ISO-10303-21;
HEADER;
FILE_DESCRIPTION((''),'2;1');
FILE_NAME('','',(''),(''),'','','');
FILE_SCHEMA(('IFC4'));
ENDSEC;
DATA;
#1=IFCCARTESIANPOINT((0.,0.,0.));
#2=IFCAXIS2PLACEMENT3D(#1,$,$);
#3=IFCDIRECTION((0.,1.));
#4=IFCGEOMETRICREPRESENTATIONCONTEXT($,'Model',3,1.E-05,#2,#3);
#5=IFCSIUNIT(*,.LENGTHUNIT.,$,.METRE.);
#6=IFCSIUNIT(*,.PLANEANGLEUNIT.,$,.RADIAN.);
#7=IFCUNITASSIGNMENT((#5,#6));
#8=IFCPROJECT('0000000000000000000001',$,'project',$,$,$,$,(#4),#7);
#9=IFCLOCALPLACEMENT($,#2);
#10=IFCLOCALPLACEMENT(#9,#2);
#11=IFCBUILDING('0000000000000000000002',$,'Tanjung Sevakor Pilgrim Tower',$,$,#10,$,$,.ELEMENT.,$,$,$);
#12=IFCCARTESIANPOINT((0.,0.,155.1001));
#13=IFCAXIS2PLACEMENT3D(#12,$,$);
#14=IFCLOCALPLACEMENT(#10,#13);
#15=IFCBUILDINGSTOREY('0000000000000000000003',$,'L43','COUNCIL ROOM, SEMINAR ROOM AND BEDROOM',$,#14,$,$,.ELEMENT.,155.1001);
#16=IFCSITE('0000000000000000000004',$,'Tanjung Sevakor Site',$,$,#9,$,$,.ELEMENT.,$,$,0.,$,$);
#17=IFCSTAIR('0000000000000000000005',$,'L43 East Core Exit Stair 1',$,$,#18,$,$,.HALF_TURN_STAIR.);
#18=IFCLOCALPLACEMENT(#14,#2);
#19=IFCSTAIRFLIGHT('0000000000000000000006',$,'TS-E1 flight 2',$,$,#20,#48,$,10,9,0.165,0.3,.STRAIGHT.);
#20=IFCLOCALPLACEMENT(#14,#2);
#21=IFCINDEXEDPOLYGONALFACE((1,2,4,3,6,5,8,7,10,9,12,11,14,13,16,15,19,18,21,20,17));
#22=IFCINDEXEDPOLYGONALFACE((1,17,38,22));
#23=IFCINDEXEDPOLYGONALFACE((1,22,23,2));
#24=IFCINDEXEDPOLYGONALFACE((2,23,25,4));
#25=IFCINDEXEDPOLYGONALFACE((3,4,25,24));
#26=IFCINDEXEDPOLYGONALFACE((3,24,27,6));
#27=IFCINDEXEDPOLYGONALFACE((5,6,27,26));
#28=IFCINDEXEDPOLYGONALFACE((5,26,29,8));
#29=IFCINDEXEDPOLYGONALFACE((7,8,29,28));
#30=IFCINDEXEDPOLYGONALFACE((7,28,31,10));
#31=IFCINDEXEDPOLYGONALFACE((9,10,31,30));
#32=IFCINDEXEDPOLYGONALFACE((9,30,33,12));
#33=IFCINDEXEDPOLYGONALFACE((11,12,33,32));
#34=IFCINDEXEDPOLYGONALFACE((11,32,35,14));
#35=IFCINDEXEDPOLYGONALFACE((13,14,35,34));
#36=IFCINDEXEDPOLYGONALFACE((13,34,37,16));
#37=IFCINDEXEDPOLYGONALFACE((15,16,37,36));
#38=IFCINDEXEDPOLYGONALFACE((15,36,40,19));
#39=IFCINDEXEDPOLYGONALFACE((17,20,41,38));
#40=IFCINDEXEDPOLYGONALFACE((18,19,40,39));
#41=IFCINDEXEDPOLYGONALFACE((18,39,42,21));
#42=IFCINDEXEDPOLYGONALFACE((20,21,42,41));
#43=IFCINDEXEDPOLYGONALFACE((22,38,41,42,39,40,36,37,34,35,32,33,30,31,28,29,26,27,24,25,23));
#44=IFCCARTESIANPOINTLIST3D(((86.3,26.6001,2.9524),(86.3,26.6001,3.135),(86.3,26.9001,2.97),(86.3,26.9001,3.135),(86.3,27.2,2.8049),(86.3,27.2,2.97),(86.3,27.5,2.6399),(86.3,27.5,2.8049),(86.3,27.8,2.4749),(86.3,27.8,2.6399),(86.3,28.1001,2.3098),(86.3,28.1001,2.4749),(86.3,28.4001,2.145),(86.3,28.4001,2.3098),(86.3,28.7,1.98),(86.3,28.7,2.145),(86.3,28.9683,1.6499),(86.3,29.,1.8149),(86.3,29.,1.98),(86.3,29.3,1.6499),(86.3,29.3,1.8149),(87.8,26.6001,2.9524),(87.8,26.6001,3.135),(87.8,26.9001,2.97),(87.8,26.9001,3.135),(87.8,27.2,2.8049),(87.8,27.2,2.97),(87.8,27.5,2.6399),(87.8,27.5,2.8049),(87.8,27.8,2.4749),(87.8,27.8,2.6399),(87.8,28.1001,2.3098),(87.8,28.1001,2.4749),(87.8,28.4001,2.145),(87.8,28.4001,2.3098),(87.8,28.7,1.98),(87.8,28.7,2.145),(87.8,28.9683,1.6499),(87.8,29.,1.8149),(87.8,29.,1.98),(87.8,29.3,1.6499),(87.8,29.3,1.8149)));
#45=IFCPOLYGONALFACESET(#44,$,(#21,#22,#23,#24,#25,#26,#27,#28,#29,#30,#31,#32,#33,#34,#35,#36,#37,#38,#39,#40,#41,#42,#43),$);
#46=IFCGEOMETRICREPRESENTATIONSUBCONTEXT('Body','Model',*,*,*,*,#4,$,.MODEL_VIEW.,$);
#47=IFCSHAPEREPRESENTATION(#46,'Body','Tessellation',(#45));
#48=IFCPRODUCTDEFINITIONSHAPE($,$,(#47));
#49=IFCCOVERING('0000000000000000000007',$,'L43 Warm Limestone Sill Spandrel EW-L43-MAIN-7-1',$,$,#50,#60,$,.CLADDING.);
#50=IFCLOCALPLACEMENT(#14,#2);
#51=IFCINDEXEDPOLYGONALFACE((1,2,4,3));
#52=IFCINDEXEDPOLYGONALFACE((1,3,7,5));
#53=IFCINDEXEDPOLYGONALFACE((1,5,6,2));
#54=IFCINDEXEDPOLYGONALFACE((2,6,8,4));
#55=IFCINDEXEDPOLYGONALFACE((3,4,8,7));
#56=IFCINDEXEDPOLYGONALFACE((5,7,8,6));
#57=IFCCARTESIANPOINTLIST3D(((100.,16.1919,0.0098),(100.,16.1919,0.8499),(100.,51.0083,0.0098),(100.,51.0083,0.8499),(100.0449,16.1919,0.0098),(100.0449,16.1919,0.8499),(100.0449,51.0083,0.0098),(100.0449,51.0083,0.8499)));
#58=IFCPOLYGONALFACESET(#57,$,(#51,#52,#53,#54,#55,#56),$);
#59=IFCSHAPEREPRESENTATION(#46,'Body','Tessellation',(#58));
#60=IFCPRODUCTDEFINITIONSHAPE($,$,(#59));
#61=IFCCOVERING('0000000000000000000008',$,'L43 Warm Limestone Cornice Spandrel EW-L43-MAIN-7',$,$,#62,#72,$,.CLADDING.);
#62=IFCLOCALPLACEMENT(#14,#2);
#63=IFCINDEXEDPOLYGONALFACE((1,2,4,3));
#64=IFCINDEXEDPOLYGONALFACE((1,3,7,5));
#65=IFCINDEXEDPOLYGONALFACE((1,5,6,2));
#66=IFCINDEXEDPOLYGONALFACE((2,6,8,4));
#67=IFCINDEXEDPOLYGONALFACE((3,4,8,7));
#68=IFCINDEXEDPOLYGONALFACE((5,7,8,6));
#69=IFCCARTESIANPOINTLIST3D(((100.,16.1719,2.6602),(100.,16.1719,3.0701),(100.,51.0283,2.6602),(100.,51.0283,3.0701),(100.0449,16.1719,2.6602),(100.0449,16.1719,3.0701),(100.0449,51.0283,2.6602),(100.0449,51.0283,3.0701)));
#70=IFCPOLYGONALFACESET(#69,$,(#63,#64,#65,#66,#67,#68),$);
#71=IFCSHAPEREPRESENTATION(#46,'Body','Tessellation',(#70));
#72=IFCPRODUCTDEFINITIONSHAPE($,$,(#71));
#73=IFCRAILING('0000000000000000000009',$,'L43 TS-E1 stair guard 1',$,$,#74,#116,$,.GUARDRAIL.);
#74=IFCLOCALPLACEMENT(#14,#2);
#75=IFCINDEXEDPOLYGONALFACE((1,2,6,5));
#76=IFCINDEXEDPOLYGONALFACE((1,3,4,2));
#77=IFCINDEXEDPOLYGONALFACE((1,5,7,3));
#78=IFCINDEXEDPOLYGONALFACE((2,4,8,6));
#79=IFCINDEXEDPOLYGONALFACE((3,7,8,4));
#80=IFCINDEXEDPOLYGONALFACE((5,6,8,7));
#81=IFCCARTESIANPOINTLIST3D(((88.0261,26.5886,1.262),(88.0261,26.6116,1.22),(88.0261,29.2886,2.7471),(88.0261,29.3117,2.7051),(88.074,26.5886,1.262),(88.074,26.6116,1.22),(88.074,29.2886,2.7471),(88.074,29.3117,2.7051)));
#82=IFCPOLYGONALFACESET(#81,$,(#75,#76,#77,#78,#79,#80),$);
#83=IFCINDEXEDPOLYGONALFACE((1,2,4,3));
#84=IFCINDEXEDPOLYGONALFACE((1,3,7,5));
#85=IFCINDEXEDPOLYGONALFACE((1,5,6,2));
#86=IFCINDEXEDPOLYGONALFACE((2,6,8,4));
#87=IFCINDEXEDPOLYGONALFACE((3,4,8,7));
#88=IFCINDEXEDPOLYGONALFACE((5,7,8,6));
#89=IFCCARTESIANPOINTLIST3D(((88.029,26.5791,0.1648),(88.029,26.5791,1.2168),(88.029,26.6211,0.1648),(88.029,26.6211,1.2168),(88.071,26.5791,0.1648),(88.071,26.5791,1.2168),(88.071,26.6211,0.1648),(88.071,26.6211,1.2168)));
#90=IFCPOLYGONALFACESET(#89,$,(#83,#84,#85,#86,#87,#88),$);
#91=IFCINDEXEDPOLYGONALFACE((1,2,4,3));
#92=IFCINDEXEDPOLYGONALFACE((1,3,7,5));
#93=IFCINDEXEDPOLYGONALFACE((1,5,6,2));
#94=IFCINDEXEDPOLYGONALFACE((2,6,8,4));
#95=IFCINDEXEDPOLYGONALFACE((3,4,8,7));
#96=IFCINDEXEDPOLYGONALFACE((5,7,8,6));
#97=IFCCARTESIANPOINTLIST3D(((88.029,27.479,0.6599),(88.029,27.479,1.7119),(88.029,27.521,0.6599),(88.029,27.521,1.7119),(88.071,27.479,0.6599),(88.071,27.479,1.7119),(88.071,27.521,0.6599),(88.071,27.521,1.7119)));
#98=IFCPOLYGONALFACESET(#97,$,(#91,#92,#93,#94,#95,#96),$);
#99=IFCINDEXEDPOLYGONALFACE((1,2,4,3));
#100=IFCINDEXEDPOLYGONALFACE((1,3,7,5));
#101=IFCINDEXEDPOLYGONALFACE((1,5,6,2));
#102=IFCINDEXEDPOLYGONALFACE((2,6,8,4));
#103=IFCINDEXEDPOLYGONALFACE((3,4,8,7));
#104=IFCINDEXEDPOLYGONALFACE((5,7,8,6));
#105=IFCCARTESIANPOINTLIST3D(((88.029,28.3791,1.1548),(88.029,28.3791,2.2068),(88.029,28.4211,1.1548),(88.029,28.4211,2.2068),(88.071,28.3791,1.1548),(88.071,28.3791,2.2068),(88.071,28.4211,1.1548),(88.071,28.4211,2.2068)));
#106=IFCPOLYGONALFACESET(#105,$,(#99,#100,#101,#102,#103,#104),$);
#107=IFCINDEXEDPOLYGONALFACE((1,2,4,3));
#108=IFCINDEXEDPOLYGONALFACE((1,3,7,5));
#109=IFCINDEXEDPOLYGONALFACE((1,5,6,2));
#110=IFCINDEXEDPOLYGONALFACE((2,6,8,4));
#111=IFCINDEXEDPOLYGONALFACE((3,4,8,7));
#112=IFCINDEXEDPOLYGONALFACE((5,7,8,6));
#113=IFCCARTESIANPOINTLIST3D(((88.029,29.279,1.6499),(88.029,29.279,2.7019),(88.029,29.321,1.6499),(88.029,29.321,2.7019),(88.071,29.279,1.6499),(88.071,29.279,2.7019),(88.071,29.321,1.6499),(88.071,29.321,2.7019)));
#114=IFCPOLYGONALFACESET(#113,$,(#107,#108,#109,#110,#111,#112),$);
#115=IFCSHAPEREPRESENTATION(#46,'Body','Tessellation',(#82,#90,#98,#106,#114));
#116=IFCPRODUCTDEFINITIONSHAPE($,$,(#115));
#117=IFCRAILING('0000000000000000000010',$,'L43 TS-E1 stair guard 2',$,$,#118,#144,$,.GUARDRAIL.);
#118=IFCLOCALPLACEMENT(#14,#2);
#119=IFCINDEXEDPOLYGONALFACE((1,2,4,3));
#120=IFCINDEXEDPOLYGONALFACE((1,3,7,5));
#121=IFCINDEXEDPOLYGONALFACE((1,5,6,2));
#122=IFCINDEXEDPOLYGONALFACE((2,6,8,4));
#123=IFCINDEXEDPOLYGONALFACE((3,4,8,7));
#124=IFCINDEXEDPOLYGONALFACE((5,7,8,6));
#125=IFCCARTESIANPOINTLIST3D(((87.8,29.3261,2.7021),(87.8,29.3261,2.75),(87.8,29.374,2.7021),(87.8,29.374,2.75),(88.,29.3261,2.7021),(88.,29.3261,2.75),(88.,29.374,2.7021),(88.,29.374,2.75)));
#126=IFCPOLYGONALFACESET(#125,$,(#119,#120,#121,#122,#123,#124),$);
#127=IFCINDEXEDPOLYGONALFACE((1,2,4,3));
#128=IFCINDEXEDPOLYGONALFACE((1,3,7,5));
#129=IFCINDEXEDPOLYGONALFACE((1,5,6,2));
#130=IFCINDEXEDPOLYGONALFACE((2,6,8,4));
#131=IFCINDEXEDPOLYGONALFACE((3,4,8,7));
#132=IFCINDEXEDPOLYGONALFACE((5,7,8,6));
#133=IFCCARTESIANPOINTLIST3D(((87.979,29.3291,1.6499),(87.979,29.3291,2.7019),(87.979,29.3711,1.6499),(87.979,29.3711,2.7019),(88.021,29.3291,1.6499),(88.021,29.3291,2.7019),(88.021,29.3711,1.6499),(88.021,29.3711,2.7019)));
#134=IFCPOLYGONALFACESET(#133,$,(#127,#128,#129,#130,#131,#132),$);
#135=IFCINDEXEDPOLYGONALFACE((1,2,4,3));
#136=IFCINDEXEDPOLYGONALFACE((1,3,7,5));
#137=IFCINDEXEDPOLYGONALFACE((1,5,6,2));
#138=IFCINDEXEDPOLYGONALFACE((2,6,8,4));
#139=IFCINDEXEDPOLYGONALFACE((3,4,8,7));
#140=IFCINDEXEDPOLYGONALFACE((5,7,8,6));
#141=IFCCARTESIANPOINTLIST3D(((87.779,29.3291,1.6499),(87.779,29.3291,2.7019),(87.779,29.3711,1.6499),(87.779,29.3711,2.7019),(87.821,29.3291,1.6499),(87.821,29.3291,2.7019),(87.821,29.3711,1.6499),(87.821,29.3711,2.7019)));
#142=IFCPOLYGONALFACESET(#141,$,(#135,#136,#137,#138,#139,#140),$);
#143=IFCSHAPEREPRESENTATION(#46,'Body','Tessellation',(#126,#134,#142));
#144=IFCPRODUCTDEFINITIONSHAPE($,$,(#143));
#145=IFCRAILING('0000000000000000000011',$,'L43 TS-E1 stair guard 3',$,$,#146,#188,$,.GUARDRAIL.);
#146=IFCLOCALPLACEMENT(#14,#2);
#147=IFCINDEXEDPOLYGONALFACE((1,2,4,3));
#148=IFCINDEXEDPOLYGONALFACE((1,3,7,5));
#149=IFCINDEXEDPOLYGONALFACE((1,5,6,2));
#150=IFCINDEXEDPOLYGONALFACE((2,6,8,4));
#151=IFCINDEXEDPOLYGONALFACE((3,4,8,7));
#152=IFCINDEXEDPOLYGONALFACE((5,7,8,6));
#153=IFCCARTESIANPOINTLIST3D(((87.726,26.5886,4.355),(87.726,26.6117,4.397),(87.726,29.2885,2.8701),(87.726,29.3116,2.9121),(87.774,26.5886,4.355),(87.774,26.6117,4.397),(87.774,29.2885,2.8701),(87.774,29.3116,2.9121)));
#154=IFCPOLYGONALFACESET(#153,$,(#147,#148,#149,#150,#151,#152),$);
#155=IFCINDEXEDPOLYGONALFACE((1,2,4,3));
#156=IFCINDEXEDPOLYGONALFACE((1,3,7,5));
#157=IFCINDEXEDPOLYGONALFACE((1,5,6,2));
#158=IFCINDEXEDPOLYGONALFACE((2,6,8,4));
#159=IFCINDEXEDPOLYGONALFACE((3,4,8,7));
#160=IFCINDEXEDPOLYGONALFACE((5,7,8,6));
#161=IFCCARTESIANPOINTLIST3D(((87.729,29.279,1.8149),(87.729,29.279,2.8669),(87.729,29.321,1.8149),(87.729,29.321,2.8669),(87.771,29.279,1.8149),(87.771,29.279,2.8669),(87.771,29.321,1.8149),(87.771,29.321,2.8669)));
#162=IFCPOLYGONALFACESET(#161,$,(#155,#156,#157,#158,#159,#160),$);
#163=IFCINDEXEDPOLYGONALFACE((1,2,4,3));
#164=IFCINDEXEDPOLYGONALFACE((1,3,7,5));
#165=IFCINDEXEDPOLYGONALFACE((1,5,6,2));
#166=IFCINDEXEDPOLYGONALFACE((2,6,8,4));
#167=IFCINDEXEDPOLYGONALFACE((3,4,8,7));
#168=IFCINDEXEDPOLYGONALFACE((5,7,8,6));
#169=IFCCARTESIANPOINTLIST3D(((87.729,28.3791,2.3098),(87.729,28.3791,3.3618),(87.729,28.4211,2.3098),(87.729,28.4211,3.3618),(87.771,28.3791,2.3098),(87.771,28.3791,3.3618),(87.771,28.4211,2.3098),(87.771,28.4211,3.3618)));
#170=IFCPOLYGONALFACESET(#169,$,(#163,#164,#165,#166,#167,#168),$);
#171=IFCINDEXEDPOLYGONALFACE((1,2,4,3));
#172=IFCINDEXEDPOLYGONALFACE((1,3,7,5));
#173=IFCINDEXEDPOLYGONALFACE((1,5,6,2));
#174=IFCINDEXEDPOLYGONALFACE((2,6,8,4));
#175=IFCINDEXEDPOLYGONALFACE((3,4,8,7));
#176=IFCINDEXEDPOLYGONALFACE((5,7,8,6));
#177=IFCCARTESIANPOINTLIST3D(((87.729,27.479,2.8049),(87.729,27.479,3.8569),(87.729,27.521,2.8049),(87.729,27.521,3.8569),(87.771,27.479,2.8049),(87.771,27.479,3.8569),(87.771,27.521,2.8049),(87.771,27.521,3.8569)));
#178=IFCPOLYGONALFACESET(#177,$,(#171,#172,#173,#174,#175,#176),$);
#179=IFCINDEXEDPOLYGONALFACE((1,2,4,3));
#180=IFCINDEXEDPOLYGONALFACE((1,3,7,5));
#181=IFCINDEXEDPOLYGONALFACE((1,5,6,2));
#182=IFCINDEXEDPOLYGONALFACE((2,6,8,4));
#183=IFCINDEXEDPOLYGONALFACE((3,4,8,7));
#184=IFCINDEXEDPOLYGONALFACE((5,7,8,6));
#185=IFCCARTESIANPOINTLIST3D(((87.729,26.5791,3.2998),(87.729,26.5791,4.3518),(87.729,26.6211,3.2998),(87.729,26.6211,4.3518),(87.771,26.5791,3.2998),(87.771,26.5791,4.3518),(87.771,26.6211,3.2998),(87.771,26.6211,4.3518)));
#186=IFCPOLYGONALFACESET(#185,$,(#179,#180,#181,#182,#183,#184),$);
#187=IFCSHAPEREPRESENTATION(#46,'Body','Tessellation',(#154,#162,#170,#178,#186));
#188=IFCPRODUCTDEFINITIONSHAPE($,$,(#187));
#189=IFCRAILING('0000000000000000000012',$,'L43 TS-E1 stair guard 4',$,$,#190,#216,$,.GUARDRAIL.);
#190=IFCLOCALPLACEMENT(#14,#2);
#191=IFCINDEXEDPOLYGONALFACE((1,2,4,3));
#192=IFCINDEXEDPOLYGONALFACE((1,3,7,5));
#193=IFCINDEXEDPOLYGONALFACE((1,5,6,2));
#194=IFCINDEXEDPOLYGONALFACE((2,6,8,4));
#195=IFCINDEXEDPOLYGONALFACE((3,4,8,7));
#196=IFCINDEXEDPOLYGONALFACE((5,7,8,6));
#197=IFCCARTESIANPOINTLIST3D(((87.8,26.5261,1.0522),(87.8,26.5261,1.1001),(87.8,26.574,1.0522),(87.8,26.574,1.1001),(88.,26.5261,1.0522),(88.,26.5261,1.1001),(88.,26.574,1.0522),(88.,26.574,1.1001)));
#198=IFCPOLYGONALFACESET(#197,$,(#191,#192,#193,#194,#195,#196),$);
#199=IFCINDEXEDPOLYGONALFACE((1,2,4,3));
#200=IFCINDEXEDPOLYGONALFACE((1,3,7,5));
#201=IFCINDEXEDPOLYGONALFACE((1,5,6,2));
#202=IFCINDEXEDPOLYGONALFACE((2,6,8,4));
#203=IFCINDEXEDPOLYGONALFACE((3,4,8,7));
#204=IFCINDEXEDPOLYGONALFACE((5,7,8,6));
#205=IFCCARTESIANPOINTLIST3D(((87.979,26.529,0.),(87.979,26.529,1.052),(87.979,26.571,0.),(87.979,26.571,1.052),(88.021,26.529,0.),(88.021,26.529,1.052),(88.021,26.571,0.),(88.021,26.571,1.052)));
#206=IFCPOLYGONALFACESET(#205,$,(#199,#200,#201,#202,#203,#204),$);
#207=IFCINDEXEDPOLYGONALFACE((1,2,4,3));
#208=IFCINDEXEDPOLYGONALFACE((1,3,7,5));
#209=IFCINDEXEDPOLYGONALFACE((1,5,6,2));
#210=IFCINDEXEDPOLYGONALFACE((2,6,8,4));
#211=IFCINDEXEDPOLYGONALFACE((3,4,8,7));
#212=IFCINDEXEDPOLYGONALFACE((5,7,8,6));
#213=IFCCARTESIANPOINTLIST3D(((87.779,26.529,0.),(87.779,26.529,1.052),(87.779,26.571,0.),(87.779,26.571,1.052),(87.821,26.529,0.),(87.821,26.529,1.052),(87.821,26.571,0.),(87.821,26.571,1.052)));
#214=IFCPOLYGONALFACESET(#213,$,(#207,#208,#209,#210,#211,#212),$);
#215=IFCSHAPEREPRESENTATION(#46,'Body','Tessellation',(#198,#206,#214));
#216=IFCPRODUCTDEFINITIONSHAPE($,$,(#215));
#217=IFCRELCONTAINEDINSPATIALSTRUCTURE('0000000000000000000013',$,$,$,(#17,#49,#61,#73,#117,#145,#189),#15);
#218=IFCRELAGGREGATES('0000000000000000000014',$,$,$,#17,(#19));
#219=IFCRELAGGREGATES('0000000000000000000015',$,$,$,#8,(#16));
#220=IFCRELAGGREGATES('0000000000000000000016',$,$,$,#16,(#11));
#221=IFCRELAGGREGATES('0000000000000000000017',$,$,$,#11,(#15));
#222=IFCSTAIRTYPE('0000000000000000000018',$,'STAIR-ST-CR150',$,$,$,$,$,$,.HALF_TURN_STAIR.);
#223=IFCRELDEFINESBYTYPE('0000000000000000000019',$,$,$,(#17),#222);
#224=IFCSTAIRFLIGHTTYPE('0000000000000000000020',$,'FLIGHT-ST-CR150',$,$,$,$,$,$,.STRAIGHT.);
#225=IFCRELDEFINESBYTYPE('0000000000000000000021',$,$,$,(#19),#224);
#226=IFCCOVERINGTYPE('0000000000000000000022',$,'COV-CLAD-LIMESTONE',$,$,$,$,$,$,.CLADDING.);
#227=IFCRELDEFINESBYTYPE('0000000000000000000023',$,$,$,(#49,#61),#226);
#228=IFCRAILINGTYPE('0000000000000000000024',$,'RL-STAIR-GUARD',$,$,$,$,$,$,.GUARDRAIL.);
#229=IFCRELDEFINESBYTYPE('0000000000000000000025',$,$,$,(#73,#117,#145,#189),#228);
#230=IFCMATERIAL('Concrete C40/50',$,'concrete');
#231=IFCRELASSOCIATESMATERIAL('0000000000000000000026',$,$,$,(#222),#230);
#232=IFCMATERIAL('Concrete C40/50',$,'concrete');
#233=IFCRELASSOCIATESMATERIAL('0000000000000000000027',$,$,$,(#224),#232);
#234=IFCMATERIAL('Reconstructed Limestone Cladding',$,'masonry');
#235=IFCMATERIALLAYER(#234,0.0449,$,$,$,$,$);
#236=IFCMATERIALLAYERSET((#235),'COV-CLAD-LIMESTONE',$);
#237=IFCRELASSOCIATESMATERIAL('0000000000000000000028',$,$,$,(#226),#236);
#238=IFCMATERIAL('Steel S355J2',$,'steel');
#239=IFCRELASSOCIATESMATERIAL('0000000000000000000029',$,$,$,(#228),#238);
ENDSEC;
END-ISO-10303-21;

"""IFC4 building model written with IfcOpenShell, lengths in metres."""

from ifc_helpers import new_model, si_unit, direction, frame, origin, origin_2d, place, context, subcontext, project, spatial, polyline, rectangle, outline, extrude, material, layer, layer_set, type_object, element, aggregate, save


model = new_model("IFC4")

# Units and contexts
model_context = context("Model", 3, precision=1e-05, world=origin(), true_north=direction((0.0, 1.0)))
body_context = subcontext(model_context, "Body", "Model", "MODEL_VIEW")
ifc_project = project(units=[si_unit("LENGTHUNIT", "METRE"), si_unit("PLANEANGLEUNIT", "RADIAN")], contexts=[model_context])

# Site, building, storey
site_placement = place(None, origin())
site = spatial("IfcSite", under=ifc_project, at=site_placement, Name="Tanjung Sevakor Site", CompositionType="ELEMENT", RefElevation=0.0)
building_placement = place(site_placement, origin())
building = spatial("IfcBuilding", under=site, at=building_placement, Name="Tanjung Sevakor Pilgrim Tower", CompositionType="ELEMENT")
storey_placement = place(building_placement, frame((0.0, 0.0, 155.1001)))
storey = spatial("IfcBuildingStorey", under=building, at=storey_placement, Name="L43", Description="COUNCIL ROOM, SEMINAR ROOM AND BEDROOM", CompositionType="ELEMENT", Elevation=155.1001)

# Stair, stair flight
ifc_material_1 = material(Name="Concrete C40/50", Category="concrete")
stair_type = type_object("IfcStairType", Name="STAIR-ST-CR150", PredefinedType="HALF_TURN_STAIR", material=ifc_material_1)
stair_placement = place(storey_placement, origin())
stair = element("IfcStair", 1, at=stair_placement, inside=storey, type_object=stair_type, Name="L43 East Core Exit Stair 1", PredefinedType="HALF_TURN_STAIR")
ifc_material_2 = material(Name="Concrete C40/50", Category="concrete")
stair_flight_type = type_object("IfcStairFlightType", Name="FLIGHT-ST-CR150", PredefinedType="STRAIGHT", material=ifc_material_2)
stair_flight_1_placement = place(storey_placement, frame((87.05, 29.3, 1.6499), z_axis=(0.0, 0.0, 1.0), x_axis=(0.0, -1.0, 0.0)))
stair_flight_1 = element("IfcStairFlight", 2, at=stair_flight_1_placement, type_object=stair_flight_type, Name="TS-E1 flight 2", NumberOfRisers=10, NumberOfTreads=9, PredefinedType="STRAIGHT", RiserHeight=0.165, TreadLength=0.3, context=body_context, shape_type="SweptSolid", body=[
    extrude(outline(polyline([(0.0, 0.0), (0.0, 0.165), (0.3, 0.165), (0.3, 0.3301), (0.6001, 0.3301), (0.6001, 0.4951), (0.8999, 0.4951), (0.8999, 0.6599), (1.2, 0.6599), (1.2, 0.825), (1.5, 0.825), (1.5, 0.99), (1.8, 0.99), (1.8, 1.155), (2.1001, 1.155), (2.1001, 1.3201), (2.3999, 1.3201), (2.3999, 1.4851), (2.7, 1.4851), (2.7, 1.6499), (2.7, 1.3025), (0.3318, 0.0), (0.0, 0.0)])), frame((0.0, 0.75, 0.0), z_axis=(0.0, -1.0, 0.0), x_axis=(1.0, 0.0, 0.0)), (0.0, 0.0, 1.0), 1.5),
])
aggregate(stair, [stair_flight_1])

# Coverings
ifc_material_3 = material(Name="Reconstructed Limestone Cladding", Category="masonry")
ifc_layer_1 = layer(ifc_material_3, 0.0449)
ifc_layer_set_1 = layer_set([ifc_layer_1], Name="COV-CLAD-LIMESTONE")
covering_type = type_object("IfcCoveringType", Name="COV-CLAD-LIMESTONE", PredefinedType="CLADDING", material=ifc_layer_set_1)
covering_1_placement = place(storey_placement, frame((100.0225, 33.6001, 0.0098), z_axis=(0.0, 0.0, 1.0), x_axis=(0.0, 1.0, 0.0)))
element("IfcCovering", 3, at=covering_1_placement, inside=storey, type_object=covering_type, Name="L43 Warm Limestone Sill Spandrel EW-L43-MAIN-7-1", PredefinedType="CLADDING", context=body_context, shape_type="SweptSolid", body=[
    extrude(rectangle(XDim=34.8164, YDim=0.0449, at=origin_2d()), origin(), (0.0, 0.0, 1.0), 0.8401),
])
covering_2_placement = place(storey_placement, frame((100.0225, 33.6001, 2.6602), z_axis=(0.0, 0.0, 1.0), x_axis=(0.0, 1.0, 0.0)))
element("IfcCovering", 4, at=covering_2_placement, inside=storey, type_object=covering_type, Name="L43 Warm Limestone Cornice Spandrel EW-L43-MAIN-7", PredefinedType="CLADDING", context=body_context, shape_type="SweptSolid", body=[
    extrude(rectangle(XDim=34.8564, YDim=0.0449, at=origin_2d()), origin(), (0.0, 0.0, 1.0), 0.4099),
])

# Railings
ifc_material_4 = material(Name="Steel S355J2", Category="steel")
railing_type_1 = type_object("IfcRailingType", Name="RL-STAIR-GUARD", PredefinedType="GUARDRAIL", material=ifc_material_4)
railing_1_placement = place(storey_placement, frame((88.05, 26.6001, 0.1648)))
element("IfcRailing", 5, at=railing_1_placement, inside=storey, type_object=railing_type_1, Name="L43 TS-E1 stair guard 1", PredefinedType="GUARDRAIL", context=body_context, shape_type="SweptSolid", body=[
    extrude(rectangle(XDim=0.0479, YDim=0.0479), frame((0.0, 0.0, 1.0762), z_axis=(0.0, 0.876198, 0.481952), x_axis=(-1.0, 0.0, 0.0)), (0.0, 0.0, 1.0), 3.0815),
    extrude(rectangle(XDim=0.042, YDim=0.042), origin(), (0.0, 0.0, 1.0), 1.052),
    extrude(rectangle(XDim=0.042, YDim=0.042), frame((0.0, 0.8999, 0.4951)), (0.0, 0.0, 1.0), 1.052),
    extrude(rectangle(XDim=0.042, YDim=0.042), frame((0.0, 1.8, 0.99)), (0.0, 0.0, 1.0), 1.052),
    extrude(rectangle(XDim=0.042, YDim=0.042), frame((0.0, 2.7, 1.4851)), (0.0, 0.0, 1.0), 1.052),
])
railing_2_placement = place(storey_placement, frame((88.0, 29.3501, 1.6499)))
element("IfcRailing", 6, at=railing_2_placement, inside=storey, type_object=railing_type_1, Name="L43 TS-E1 stair guard 2", PredefinedType="GUARDRAIL", context=body_context, shape_type="SweptSolid", body=[
    extrude(rectangle(XDim=0.0479, YDim=0.0479), frame((0.0, 0.0, 1.0762), z_axis=(-1.0, 0.0, 0.0), x_axis=(0.0, -1.0, 0.0)), (0.0, 0.0, 1.0), 0.2),
    extrude(rectangle(XDim=0.042, YDim=0.042), origin(), (0.0, 0.0, 1.0), 1.052),
    extrude(rectangle(XDim=0.042, YDim=0.042), frame((-0.2, 0.0, 0.0)), (0.0, 0.0, 1.0), 1.052),
])
railing_3_placement = place(storey_placement, frame((87.75, 29.3, 1.8149)))
element("IfcRailing", 7, at=railing_3_placement, inside=storey, type_object=railing_type_1, Name="L43 TS-E1 stair guard 3", PredefinedType="GUARDRAIL", context=body_context, shape_type="SweptSolid", body=[
    extrude(rectangle(XDim=0.0479, YDim=0.0479), frame((0.0, 0.0, 1.0762), z_axis=(0.0, -0.876231, 0.481891), x_axis=(1.0, 0.0, 0.0)), (0.0, 0.0, 1.0), 3.0813),
    extrude(rectangle(XDim=0.042, YDim=0.042), origin(), (0.0, 0.0, 1.0), 1.052),
    extrude(rectangle(XDim=0.042, YDim=0.042), frame((0.0, -0.8999, 0.4949)), (0.0, 0.0, 1.0), 1.052),
    extrude(rectangle(XDim=0.042, YDim=0.042), frame((0.0, -1.8, 0.99)), (0.0, 0.0, 1.0), 1.052),
    extrude(rectangle(XDim=0.042, YDim=0.042), frame((0.0, -2.7, 1.4849)), (0.0, 0.0, 1.0), 1.052),
])
railing_4_placement = place(storey_placement, frame((88.0, 26.55, 0.0)))
element("IfcRailing", 8, at=railing_4_placement, inside=storey, type_object=railing_type_1, Name="L43 TS-E1 stair guard 4", PredefinedType="GUARDRAIL", context=body_context, shape_type="SweptSolid", body=[
    extrude(rectangle(XDim=0.0479, YDim=0.0479), frame((0.0, 0.0, 1.0762), z_axis=(-1.0, 0.0, 0.0), x_axis=(0.0, -1.0, 0.0)), (0.0, 0.0, 1.0), 0.2),
    extrude(rectangle(XDim=0.042, YDim=0.042), origin(), (0.0, 0.0, 1.0), 1.052),
    extrude(rectangle(XDim=0.042, YDim=0.042), frame((-0.2, 0.0, 0.0)), (0.0, 0.0, 1.0), 1.052),
])

save(model, "model.ifc")
